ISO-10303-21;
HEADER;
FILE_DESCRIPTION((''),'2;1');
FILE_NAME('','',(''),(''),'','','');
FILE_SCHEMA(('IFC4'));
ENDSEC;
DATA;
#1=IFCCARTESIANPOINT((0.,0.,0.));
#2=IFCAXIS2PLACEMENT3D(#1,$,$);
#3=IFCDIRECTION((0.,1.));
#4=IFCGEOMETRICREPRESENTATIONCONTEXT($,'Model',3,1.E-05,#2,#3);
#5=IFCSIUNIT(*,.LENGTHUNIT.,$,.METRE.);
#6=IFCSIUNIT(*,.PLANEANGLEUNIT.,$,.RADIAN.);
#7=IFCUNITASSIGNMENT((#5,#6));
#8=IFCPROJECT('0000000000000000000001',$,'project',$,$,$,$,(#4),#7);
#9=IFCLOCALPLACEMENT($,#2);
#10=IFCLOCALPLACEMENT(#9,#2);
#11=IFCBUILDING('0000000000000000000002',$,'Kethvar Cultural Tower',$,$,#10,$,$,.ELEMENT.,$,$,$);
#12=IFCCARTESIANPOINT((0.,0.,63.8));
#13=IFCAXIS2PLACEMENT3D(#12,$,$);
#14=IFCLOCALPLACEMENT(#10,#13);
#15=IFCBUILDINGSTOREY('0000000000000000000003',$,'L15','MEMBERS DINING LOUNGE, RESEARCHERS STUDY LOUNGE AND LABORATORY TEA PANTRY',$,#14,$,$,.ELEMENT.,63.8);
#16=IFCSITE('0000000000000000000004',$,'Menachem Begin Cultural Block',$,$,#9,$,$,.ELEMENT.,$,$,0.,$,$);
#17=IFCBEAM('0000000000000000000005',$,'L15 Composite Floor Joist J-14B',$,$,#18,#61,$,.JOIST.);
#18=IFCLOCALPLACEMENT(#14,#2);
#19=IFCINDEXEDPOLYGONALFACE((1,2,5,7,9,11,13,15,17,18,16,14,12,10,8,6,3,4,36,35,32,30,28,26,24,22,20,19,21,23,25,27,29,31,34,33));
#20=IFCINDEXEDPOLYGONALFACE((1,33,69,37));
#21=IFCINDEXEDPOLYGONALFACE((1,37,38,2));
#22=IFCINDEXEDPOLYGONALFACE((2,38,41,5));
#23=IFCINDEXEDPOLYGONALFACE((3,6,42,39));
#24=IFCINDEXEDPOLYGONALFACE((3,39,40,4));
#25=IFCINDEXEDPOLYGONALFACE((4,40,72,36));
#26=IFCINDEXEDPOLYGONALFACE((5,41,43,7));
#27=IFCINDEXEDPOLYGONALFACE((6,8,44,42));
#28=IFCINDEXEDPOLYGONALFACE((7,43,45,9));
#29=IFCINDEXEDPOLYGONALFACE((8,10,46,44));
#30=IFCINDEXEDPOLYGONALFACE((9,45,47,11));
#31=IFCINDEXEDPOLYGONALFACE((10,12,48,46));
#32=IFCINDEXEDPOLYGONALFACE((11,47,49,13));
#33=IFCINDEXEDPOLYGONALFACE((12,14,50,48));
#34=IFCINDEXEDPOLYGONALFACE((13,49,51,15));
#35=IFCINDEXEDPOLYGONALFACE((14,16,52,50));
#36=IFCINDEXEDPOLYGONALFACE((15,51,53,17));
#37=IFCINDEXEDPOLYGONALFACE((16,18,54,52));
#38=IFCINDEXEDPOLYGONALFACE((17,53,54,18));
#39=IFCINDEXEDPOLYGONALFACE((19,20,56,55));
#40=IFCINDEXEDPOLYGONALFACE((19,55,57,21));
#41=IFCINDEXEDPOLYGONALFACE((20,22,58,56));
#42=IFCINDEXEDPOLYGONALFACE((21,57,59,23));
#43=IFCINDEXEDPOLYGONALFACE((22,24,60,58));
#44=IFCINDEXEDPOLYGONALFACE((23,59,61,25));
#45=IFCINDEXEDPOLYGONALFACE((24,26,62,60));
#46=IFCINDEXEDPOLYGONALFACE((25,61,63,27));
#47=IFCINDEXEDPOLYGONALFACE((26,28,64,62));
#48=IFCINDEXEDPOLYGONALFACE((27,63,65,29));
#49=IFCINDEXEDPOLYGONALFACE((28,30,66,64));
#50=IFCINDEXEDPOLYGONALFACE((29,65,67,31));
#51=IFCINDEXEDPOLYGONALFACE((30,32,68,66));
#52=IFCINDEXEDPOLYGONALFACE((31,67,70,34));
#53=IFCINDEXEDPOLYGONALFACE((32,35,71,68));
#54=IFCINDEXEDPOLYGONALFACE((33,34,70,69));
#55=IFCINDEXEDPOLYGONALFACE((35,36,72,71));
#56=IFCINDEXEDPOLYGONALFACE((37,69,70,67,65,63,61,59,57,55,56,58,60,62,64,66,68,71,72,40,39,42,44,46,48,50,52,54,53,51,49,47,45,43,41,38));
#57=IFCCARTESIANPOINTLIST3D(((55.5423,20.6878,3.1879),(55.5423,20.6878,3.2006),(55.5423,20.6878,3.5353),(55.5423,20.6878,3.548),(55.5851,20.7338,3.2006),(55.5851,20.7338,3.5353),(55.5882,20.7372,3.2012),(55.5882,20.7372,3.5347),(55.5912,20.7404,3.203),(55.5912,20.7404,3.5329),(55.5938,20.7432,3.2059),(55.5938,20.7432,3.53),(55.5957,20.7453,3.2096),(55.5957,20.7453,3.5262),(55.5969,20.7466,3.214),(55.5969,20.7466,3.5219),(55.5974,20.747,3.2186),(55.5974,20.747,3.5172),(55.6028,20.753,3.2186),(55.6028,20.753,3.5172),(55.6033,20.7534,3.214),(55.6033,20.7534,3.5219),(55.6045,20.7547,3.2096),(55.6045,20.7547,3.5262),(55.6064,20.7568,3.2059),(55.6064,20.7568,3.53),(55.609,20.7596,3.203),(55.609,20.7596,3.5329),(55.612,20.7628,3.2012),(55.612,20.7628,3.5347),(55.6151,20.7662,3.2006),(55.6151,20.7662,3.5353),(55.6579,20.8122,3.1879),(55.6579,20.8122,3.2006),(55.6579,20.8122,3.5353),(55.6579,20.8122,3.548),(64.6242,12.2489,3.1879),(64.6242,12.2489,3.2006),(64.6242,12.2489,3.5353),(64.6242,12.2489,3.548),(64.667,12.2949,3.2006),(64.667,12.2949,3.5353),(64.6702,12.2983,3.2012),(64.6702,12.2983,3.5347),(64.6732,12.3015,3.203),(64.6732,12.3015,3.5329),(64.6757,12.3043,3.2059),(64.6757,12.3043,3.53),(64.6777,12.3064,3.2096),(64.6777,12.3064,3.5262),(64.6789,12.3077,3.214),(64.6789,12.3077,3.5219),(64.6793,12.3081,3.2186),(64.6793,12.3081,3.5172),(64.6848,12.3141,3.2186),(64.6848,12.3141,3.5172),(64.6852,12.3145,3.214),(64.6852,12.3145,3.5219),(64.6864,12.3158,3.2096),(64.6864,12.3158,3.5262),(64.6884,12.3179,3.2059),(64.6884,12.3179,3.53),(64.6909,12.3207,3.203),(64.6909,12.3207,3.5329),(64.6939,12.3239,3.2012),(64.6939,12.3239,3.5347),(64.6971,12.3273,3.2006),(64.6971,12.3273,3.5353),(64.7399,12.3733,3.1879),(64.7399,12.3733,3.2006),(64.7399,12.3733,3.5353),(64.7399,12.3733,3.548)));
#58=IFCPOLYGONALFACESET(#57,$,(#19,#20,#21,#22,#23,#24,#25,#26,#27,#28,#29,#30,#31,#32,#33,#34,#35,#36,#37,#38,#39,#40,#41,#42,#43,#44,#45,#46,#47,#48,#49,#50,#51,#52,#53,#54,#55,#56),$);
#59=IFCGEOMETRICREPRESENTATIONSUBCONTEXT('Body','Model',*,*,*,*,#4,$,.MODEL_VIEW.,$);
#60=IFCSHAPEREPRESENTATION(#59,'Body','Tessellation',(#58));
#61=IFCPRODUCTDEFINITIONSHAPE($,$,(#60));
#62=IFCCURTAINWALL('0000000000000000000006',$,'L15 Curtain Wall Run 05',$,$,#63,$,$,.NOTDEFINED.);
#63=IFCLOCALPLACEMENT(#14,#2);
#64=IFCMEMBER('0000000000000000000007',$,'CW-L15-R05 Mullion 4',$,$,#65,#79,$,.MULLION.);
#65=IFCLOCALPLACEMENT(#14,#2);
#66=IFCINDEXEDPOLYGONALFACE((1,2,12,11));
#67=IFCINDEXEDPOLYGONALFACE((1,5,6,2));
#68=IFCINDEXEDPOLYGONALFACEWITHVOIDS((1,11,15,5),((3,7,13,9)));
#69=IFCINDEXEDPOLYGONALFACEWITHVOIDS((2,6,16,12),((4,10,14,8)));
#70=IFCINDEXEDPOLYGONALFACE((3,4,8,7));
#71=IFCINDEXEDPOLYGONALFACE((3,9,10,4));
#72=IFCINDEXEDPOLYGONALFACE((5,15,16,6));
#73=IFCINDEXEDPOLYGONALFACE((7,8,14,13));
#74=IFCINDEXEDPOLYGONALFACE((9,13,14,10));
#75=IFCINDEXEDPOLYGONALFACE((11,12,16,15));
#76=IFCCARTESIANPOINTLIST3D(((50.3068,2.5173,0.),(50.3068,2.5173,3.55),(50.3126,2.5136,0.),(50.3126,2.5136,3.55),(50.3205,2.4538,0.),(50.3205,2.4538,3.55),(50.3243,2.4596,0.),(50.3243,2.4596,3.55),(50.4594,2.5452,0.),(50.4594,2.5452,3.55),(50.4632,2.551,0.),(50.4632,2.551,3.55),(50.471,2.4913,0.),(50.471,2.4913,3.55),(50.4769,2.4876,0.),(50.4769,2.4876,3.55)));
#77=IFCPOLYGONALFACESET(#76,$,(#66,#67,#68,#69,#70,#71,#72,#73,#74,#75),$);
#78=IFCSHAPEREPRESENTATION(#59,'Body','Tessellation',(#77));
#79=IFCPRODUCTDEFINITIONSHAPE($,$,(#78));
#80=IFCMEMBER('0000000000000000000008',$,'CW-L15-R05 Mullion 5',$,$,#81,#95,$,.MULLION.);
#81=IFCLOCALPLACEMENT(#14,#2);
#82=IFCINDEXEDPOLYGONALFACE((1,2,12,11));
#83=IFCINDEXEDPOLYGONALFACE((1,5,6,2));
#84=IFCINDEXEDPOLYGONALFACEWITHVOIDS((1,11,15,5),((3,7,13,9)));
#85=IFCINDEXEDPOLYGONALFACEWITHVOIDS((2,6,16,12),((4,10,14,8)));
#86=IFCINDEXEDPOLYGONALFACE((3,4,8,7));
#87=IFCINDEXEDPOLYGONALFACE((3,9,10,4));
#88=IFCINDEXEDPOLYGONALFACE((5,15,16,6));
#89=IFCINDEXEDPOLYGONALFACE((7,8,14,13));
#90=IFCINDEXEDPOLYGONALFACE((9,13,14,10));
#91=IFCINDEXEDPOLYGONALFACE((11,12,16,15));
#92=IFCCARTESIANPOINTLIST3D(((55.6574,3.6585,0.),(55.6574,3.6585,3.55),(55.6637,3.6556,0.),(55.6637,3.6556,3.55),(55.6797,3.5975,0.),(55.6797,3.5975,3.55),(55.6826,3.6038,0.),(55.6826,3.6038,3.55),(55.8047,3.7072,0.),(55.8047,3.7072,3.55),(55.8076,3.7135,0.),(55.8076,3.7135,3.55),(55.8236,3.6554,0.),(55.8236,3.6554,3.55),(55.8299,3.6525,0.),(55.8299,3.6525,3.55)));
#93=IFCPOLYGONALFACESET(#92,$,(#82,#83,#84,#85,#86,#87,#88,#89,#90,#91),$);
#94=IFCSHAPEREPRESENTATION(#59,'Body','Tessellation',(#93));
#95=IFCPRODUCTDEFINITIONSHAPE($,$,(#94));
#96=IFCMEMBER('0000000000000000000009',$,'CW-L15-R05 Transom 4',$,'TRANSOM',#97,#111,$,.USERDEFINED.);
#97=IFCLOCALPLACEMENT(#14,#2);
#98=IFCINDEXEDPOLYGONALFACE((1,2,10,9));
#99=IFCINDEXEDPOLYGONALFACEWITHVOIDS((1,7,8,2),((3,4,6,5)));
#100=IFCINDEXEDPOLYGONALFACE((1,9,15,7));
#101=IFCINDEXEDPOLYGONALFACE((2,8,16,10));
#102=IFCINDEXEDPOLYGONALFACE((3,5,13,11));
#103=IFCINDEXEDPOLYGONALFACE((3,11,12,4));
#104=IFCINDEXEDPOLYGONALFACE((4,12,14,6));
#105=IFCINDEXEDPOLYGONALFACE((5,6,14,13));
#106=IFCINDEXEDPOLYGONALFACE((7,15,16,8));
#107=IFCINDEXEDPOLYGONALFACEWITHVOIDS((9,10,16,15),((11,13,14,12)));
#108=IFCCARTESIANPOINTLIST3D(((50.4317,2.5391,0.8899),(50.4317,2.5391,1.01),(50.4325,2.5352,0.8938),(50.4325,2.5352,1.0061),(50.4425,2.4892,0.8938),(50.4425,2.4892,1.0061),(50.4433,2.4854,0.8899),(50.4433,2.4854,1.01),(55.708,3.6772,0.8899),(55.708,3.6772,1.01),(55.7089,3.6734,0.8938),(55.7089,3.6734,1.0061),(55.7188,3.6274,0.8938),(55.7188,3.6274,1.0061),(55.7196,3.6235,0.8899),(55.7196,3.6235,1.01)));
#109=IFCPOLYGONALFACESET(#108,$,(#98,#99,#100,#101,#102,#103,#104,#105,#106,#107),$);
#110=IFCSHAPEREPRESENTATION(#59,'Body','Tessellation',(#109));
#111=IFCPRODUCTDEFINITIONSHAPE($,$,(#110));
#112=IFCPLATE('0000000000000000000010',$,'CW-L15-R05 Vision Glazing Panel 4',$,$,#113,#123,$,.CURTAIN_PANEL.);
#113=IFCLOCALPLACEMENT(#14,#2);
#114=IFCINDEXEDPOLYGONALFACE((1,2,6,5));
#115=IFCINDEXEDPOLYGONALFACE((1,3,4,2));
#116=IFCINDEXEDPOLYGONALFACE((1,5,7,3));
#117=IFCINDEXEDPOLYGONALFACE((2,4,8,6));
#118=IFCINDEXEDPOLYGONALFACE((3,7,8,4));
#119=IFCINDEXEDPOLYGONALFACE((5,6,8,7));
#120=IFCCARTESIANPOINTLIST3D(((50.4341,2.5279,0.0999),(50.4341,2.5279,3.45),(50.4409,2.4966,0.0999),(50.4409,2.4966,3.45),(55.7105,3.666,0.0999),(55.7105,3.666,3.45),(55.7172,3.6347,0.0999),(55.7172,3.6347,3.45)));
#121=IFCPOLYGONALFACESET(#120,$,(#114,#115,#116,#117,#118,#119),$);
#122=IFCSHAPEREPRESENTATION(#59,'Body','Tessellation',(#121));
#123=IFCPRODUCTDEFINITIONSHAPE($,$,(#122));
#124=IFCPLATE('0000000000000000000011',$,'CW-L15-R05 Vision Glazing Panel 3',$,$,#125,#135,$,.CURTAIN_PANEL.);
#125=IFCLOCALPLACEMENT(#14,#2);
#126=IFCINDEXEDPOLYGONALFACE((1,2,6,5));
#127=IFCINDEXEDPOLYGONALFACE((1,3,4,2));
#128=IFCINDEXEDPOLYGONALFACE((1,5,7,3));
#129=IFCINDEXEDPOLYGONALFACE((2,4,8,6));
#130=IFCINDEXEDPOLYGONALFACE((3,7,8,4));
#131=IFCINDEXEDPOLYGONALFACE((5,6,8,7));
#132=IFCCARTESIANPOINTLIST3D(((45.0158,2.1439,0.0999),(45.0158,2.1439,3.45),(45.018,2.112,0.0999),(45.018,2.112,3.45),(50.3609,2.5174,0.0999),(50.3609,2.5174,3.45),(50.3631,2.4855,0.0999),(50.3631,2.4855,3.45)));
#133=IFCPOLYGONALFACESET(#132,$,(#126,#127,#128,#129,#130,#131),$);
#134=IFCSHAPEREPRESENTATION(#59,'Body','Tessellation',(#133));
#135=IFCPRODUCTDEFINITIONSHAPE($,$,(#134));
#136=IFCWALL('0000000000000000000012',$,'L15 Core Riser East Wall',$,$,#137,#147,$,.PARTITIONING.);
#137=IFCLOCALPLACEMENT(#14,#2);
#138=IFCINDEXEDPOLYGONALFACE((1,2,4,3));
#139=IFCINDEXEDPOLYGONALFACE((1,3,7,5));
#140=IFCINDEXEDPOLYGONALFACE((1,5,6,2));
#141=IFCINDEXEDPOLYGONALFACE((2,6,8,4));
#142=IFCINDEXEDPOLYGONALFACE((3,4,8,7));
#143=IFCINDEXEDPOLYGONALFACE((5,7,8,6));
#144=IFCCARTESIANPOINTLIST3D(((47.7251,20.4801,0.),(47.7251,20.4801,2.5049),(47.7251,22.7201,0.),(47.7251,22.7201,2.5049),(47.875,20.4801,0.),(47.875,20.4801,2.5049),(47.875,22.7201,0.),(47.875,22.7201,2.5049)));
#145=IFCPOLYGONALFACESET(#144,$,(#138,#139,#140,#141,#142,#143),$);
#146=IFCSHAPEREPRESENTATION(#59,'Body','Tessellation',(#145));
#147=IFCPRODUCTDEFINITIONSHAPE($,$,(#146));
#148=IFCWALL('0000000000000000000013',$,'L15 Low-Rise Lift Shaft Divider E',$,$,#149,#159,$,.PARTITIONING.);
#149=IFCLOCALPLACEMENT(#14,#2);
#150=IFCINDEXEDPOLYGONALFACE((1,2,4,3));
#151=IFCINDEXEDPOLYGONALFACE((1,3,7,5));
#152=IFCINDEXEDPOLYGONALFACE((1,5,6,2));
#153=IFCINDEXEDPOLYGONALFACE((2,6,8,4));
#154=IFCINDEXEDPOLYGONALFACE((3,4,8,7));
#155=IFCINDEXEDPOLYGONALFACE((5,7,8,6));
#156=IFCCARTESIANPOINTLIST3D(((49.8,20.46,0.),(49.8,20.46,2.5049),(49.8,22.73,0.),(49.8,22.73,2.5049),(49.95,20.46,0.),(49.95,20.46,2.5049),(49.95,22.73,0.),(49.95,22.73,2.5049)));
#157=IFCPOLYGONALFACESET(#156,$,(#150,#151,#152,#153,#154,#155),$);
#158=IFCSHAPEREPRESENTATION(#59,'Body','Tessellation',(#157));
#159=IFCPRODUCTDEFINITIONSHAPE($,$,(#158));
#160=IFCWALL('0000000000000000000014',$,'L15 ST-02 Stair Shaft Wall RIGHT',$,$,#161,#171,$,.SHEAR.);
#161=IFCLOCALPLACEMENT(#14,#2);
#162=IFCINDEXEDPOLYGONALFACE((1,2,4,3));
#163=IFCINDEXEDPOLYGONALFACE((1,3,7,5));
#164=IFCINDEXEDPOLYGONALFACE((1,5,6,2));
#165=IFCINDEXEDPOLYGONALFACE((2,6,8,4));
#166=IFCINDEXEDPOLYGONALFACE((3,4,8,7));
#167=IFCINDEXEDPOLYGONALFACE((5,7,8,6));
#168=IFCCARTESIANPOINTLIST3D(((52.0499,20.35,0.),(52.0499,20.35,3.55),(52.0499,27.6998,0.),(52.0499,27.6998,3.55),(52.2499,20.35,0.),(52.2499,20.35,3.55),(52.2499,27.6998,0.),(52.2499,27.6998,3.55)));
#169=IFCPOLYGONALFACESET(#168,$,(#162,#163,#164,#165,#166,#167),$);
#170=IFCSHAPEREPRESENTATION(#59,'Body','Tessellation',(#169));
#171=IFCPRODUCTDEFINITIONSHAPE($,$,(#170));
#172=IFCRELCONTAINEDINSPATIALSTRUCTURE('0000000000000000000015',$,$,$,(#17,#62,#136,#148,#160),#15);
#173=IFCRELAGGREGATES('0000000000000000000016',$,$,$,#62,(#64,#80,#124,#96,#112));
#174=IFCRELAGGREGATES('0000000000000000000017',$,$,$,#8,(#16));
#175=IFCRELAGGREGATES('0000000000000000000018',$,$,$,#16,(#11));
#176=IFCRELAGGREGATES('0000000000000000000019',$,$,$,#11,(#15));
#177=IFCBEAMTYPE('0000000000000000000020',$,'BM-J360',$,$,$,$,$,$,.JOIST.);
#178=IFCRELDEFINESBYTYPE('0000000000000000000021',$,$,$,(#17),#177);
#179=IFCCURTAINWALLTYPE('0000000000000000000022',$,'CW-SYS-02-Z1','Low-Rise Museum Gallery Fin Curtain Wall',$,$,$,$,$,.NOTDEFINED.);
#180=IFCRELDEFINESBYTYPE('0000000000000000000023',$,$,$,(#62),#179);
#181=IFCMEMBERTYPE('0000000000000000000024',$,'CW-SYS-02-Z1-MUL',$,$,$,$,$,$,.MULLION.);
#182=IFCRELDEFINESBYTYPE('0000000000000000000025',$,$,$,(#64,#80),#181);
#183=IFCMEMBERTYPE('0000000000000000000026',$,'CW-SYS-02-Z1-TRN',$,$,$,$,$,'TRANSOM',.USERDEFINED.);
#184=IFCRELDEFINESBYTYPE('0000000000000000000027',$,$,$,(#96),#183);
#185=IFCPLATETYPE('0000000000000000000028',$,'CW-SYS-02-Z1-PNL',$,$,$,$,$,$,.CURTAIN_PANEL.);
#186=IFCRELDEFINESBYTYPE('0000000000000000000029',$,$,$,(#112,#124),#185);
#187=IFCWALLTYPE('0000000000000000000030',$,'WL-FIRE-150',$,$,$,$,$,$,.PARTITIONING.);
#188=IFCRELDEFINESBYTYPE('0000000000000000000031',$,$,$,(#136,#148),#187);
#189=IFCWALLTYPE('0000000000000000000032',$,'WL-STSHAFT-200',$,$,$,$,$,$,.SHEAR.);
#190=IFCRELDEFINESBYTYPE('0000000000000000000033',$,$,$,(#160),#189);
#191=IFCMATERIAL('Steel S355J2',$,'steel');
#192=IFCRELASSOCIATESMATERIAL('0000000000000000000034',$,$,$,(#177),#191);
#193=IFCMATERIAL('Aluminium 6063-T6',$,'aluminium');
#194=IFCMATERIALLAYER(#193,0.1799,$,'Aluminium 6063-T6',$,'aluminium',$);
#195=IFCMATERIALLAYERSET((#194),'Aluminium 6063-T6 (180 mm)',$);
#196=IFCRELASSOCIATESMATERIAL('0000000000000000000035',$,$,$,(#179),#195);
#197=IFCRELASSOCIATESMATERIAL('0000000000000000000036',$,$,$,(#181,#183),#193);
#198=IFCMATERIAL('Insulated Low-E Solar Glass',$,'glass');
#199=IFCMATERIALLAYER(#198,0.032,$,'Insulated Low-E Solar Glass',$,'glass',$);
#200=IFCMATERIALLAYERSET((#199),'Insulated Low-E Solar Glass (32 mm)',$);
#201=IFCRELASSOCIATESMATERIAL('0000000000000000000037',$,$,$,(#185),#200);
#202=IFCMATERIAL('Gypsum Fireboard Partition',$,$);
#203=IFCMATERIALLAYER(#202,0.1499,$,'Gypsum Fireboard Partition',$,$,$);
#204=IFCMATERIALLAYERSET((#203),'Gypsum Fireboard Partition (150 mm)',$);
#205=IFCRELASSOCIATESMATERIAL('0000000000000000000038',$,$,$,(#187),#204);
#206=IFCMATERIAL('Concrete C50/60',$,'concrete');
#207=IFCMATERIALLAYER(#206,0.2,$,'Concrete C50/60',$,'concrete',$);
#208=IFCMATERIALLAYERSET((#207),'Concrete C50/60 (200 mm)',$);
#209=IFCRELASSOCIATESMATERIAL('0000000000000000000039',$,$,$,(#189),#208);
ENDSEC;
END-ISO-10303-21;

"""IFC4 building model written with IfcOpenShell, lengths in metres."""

from ifc_helpers import new_model, si_unit, direction, frame, frame_2d, origin, origin_2d, place, context, subcontext, project, spatial, rectangle, hollow_rectangle, i_section, extrude, source, transform, mapped, material, layer, layer_set, material_profile, profile_set, type_object, element, aggregate, save


model = new_model("IFC4")

# Units and contexts
model_context = context("Model", 3, precision=1e-05, world=origin(), true_north=direction((0.0, 1.0)))
body_context = subcontext(model_context, "Body", "Model", "MODEL_VIEW")
ifc_project = project(units=[si_unit("LENGTHUNIT", "METRE"), si_unit("PLANEANGLEUNIT", "RADIAN")], contexts=[model_context])

# Site, building, storey
site_placement = place(None, origin())
site = spatial("IfcSite", under=ifc_project, at=site_placement, Name="Menachem Begin Cultural Block", CompositionType="ELEMENT", RefElevation=0.0)
building_placement = place(site_placement, origin())
building = spatial("IfcBuilding", under=site, at=building_placement, Name="Kethvar Cultural Tower", CompositionType="ELEMENT")
storey_placement = place(building_placement, frame((0.0, 0.0, 63.8)))
storey = spatial("IfcBuildingStorey", under=building, at=storey_placement, Name="L15", Description="MEMBERS DINING LOUNGE, RESEARCHERS STUDY LOUNGE AND LABORATORY TEA PANTRY", CompositionType="ELEMENT", Elevation=63.8)

# Beam
ifc_material_1 = material(Name="Steel S355J2", Category="steel")
ifc_material_profile_1 = material_profile(ifc_material_1, i_section(OverallWidth=0.1699, OverallDepth=0.3601, WebThickness=0.0081, FlangeThickness=0.0127, FilletRadius=0.0181, at=origin_2d()), Name="Steel S355J2 — IPE360")
ifc_profile_set_1 = profile_set([ifc_material_profile_1], Name="Steel S355J2 — IPE360")
beam_type_1 = type_object("IfcBeamType", Name="BM-J360", PredefinedType="JOIST", material=ifc_profile_set_1)
shared_shape_1 = source(origin(), body_context, "Body", "SweptSolid", [
    extrude(i_section(OverallWidth=0.1699, OverallDepth=0.3601, WebThickness=0.0081, FlangeThickness=0.0127, FilletRadius=0.0181, at=origin_2d()), origin(), (0.0, 0.0, 1.0), 12.3975),
])
beam_1_placement = place(storey_placement, frame((55.6001, 20.75, 3.3679), z_axis=(0.732566, -0.680696, 0.0), x_axis=(0.680696, 0.732566, 0.0)))
element("IfcBeam", 1, at=beam_1_placement, inside=storey, type_object=beam_type_1, Name="L15 Composite Floor Joist J-14B", PredefinedType="JOIST", context=body_context, shape_type="MappedRepresentation", body=[
    mapped(shared_shape_1, transform((0.0, 0.0, 0.0), scale=1.0)),
])

# Curtain wall, members, plates
ifc_material_2 = material(Name="Aluminium 6063-T6", Category="aluminium")
ifc_layer_1 = layer(ifc_material_2, 0.1799, Name="Aluminium 6063-T6", Category="aluminium")
ifc_layer_set_1 = layer_set([ifc_layer_1], Name="Aluminium 6063-T6 (180 mm)")
curtain_wall_type = type_object("IfcCurtainWallType", Name="CW-SYS-02-Z1", Description="Low-Rise Museum Gallery Fin Curtain Wall", PredefinedType="NOTDEFINED", material=ifc_layer_set_1)
curtain_wall_placement = place(storey_placement, origin())
curtain_wall = element("IfcCurtainWall", 2, at=curtain_wall_placement, inside=storey, type_object=curtain_wall_type, Name="L15 Curtain Wall Run 05", PredefinedType="NOTDEFINED")
ifc_material_profile_2 = material_profile(ifc_material_2, hollow_rectangle(XDim=0.0649, YDim=0.1599, WallThickness=0.0049, at=origin_2d()), Name="Aluminium 6063-T6 — RHS160x65x5")
ifc_profile_set_2 = profile_set([ifc_material_profile_2], Name="Aluminium 6063-T6 — RHS160x65x5")
member_type_1 = type_object("IfcMemberType", Name="CW-SYS-02-Z1-MUL", PredefinedType="MULLION", material=ifc_profile_set_2)
shared_shape_2 = source(origin(), body_context, "Body", "SweptSolid", [
    extrude(hollow_rectangle(XDim=0.0649, YDim=0.1599, WallThickness=0.0049, at=origin_2d()), origin(), (0.0, 0.0, 1.0), 3.55),
])
member_1_placement = place(storey_placement, frame((50.3918, 2.5024, 0.0), z_axis=(0.0, 0.0, 1.0), x_axis=(-0.210847, 0.977519, 0.0)))
member_1 = element("IfcMember", 3, at=member_1_placement, type_object=member_type_1, Name="CW-L15-R05 Mullion 4", PredefinedType="MULLION", context=body_context, shape_type="MappedRepresentation", body=[
    mapped(shared_shape_2, transform((0.0, 0.0, 0.0), scale=1.0)),
])
member_2_placement = place(storey_placement, frame((55.7437, 3.6555, 0.0), z_axis=(0.0, 0.0, 1.0), x_axis=(-0.343676, 0.939088, 0.0)))
member_2 = element("IfcMember", 4, at=member_2_placement, type_object=member_type_1, Name="CW-L15-R05 Mullion 5", PredefinedType="MULLION", context=body_context, shape_type="MappedRepresentation", body=[
    mapped(shared_shape_2, transform((0.0, 0.0, 0.0), scale=1.0)),
])
ifc_material_profile_3 = material_profile(ifc_material_2, hollow_rectangle(XDim=0.0549, YDim=0.1201, WallThickness=0.0039, at=origin_2d()), Name="Aluminium 6063-T6 — RHS120x55x4")
ifc_profile_set_3 = profile_set([ifc_material_profile_3], Name="Aluminium 6063-T6 — RHS120x55x4")
member_type_2 = type_object("IfcMemberType", Name="CW-SYS-02-Z1-TRN", ElementType="TRANSOM", PredefinedType="USERDEFINED", material=ifc_profile_set_3)
shared_shape_3 = source(origin(), body_context, "Body", "SweptSolid", [
    extrude(hollow_rectangle(XDim=0.0549, YDim=0.1201, WallThickness=0.0039, at=origin_2d()), origin(), (0.0, 0.0, 1.0), 5.3977),
])
member_3_placement = place(storey_placement, frame((50.4375, 2.5122, 0.95), z_axis=(0.977516, 0.210863, 0.0), x_axis=(-0.210863, 0.977516, 0.0)))
member_3 = element("IfcMember", 5, at=member_3_placement, type_object=member_type_2, Name="CW-L15-R05 Transom 4", ObjectType="TRANSOM", PredefinedType="USERDEFINED", context=body_context, shape_type="MappedRepresentation", body=[
    mapped(shared_shape_3, transform((0.0, 0.0, 0.0), scale=1.0)),
])
ifc_material_3 = material(Name="Insulated Low-E Solar Glass", Category="glass")
ifc_layer_2 = layer(ifc_material_3, 0.032, Name="Insulated Low-E Solar Glass", Category="glass")
ifc_layer_set_2 = layer_set([ifc_layer_2], Name="Insulated Low-E Solar Glass (32 mm)")
plate_type = type_object("IfcPlateType", Name="CW-SYS-02-Z1-PNL", PredefinedType="CURTAIN_PANEL", material=ifc_layer_set_2)
shared_shape_4 = source(origin(), body_context, "Body", "SweptSolid", [
    extrude(rectangle(XDim=5.3977, YDim=0.032, at=origin_2d()), origin(), (0.0, 0.0, 1.0), 3.3501),
])
plate_1_placement = place(storey_placement, frame((53.0757, 3.0813, 0.0999), z_axis=(0.0, 0.0, 1.0), x_axis=(0.977519, 0.210847, 0.0)))
plate_1 = element("IfcPlate", 6, at=plate_1_placement, type_object=plate_type, Name="CW-L15-R05 Vision Glazing Panel 4", PredefinedType="CURTAIN_PANEL", context=body_context, shape_type="MappedRepresentation", body=[
    mapped(shared_shape_4, transform((0.0, 0.0, 0.0), scale=1.0)),
])
shared_shape_5 = source(origin(), body_context, "Body", "SweptSolid", [
    extrude(rectangle(XDim=5.3582, YDim=0.032, at=origin_2d()), origin(), (0.0, 0.0, 1.0), 3.3501),
])
plate_2_placement = place(storey_placement, frame((47.6895, 2.3147, 0.0999), z_axis=(0.0, 0.0, 1.0), x_axis=(0.997566, 0.069722, 0.0)))
plate_2 = element("IfcPlate", 7, at=plate_2_placement, type_object=plate_type, Name="CW-L15-R05 Vision Glazing Panel 3", PredefinedType="CURTAIN_PANEL", context=body_context, shape_type="MappedRepresentation", body=[
    mapped(shared_shape_5, transform((0.0, 0.0, 0.0), scale=1.0)),
])
aggregate(curtain_wall, [member_1, member_2, plate_2, member_3, plate_1])

# Walls
ifc_material_4 = material(Name="Gypsum Fireboard Partition")
ifc_layer_3 = layer(ifc_material_4, 0.1499, Name="Gypsum Fireboard Partition")
ifc_layer_set_3 = layer_set([ifc_layer_3], Name="Gypsum Fireboard Partition (150 mm)")
wall_type_1 = type_object("IfcWallType", Name="WL-FIRE-150", PredefinedType="PARTITIONING", material=ifc_layer_set_3)
wall_1_placement = place(storey_placement, frame((47.8, 20.48, 0.0), z_axis=(0.0, 0.0, 1.0), x_axis=(0.0, 1.0, 0.0)))
element("IfcWall", 8, at=wall_1_placement, inside=storey, type_object=wall_type_1, Name="L15 Core Riser East Wall", PredefinedType="PARTITIONING", context=body_context, shape_type="SweptSolid", body=[
    extrude(rectangle(XDim=2.24, YDim=0.1499, at=frame_2d((1.1201, 0.0))), origin(), (0.0, 0.0, 1.0), 2.5049),
])
wall_2_placement = place(storey_placement, frame((49.875, 20.46, 0.0), z_axis=(0.0, 0.0, 1.0), x_axis=(0.0, 1.0, 0.0)))
element("IfcWall", 9, at=wall_2_placement, inside=storey, type_object=wall_type_1, Name="L15 Low-Rise Lift Shaft Divider E", PredefinedType="PARTITIONING", context=body_context, shape_type="SweptSolid", body=[
    extrude(rectangle(XDim=2.27, YDim=0.1499, at=frame_2d((1.135, 0.0))), origin(), (0.0, 0.0, 1.0), 2.5049),
])
ifc_material_5 = material(Name="Concrete C50/60", Category="concrete")
ifc_layer_4 = layer(ifc_material_5, 0.2, Name="Concrete C50/60", Category="concrete")
ifc_layer_set_4 = layer_set([ifc_layer_4], Name="Concrete C50/60 (200 mm)")
wall_type_2 = type_object("IfcWallType", Name="WL-STSHAFT-200", PredefinedType="SHEAR", material=ifc_layer_set_4)
wall_3_placement = place(storey_placement, frame((52.1499, 20.3501, 0.0), z_axis=(0.0, 0.0, 1.0), x_axis=(0.0, 1.0, 0.0)))
element("IfcWall", 10, at=wall_3_placement, inside=storey, type_object=wall_type_2, Name="L15 ST-02 Stair Shaft Wall RIGHT", PredefinedType="SHEAR", context=body_context, shape_type="SweptSolid", body=[
    extrude(rectangle(XDim=7.3499, YDim=0.2, at=frame_2d((3.6748, 0.0))), origin(), (0.0, 0.0, 1.0), 3.55),
])

save(model, "model.ifc")
